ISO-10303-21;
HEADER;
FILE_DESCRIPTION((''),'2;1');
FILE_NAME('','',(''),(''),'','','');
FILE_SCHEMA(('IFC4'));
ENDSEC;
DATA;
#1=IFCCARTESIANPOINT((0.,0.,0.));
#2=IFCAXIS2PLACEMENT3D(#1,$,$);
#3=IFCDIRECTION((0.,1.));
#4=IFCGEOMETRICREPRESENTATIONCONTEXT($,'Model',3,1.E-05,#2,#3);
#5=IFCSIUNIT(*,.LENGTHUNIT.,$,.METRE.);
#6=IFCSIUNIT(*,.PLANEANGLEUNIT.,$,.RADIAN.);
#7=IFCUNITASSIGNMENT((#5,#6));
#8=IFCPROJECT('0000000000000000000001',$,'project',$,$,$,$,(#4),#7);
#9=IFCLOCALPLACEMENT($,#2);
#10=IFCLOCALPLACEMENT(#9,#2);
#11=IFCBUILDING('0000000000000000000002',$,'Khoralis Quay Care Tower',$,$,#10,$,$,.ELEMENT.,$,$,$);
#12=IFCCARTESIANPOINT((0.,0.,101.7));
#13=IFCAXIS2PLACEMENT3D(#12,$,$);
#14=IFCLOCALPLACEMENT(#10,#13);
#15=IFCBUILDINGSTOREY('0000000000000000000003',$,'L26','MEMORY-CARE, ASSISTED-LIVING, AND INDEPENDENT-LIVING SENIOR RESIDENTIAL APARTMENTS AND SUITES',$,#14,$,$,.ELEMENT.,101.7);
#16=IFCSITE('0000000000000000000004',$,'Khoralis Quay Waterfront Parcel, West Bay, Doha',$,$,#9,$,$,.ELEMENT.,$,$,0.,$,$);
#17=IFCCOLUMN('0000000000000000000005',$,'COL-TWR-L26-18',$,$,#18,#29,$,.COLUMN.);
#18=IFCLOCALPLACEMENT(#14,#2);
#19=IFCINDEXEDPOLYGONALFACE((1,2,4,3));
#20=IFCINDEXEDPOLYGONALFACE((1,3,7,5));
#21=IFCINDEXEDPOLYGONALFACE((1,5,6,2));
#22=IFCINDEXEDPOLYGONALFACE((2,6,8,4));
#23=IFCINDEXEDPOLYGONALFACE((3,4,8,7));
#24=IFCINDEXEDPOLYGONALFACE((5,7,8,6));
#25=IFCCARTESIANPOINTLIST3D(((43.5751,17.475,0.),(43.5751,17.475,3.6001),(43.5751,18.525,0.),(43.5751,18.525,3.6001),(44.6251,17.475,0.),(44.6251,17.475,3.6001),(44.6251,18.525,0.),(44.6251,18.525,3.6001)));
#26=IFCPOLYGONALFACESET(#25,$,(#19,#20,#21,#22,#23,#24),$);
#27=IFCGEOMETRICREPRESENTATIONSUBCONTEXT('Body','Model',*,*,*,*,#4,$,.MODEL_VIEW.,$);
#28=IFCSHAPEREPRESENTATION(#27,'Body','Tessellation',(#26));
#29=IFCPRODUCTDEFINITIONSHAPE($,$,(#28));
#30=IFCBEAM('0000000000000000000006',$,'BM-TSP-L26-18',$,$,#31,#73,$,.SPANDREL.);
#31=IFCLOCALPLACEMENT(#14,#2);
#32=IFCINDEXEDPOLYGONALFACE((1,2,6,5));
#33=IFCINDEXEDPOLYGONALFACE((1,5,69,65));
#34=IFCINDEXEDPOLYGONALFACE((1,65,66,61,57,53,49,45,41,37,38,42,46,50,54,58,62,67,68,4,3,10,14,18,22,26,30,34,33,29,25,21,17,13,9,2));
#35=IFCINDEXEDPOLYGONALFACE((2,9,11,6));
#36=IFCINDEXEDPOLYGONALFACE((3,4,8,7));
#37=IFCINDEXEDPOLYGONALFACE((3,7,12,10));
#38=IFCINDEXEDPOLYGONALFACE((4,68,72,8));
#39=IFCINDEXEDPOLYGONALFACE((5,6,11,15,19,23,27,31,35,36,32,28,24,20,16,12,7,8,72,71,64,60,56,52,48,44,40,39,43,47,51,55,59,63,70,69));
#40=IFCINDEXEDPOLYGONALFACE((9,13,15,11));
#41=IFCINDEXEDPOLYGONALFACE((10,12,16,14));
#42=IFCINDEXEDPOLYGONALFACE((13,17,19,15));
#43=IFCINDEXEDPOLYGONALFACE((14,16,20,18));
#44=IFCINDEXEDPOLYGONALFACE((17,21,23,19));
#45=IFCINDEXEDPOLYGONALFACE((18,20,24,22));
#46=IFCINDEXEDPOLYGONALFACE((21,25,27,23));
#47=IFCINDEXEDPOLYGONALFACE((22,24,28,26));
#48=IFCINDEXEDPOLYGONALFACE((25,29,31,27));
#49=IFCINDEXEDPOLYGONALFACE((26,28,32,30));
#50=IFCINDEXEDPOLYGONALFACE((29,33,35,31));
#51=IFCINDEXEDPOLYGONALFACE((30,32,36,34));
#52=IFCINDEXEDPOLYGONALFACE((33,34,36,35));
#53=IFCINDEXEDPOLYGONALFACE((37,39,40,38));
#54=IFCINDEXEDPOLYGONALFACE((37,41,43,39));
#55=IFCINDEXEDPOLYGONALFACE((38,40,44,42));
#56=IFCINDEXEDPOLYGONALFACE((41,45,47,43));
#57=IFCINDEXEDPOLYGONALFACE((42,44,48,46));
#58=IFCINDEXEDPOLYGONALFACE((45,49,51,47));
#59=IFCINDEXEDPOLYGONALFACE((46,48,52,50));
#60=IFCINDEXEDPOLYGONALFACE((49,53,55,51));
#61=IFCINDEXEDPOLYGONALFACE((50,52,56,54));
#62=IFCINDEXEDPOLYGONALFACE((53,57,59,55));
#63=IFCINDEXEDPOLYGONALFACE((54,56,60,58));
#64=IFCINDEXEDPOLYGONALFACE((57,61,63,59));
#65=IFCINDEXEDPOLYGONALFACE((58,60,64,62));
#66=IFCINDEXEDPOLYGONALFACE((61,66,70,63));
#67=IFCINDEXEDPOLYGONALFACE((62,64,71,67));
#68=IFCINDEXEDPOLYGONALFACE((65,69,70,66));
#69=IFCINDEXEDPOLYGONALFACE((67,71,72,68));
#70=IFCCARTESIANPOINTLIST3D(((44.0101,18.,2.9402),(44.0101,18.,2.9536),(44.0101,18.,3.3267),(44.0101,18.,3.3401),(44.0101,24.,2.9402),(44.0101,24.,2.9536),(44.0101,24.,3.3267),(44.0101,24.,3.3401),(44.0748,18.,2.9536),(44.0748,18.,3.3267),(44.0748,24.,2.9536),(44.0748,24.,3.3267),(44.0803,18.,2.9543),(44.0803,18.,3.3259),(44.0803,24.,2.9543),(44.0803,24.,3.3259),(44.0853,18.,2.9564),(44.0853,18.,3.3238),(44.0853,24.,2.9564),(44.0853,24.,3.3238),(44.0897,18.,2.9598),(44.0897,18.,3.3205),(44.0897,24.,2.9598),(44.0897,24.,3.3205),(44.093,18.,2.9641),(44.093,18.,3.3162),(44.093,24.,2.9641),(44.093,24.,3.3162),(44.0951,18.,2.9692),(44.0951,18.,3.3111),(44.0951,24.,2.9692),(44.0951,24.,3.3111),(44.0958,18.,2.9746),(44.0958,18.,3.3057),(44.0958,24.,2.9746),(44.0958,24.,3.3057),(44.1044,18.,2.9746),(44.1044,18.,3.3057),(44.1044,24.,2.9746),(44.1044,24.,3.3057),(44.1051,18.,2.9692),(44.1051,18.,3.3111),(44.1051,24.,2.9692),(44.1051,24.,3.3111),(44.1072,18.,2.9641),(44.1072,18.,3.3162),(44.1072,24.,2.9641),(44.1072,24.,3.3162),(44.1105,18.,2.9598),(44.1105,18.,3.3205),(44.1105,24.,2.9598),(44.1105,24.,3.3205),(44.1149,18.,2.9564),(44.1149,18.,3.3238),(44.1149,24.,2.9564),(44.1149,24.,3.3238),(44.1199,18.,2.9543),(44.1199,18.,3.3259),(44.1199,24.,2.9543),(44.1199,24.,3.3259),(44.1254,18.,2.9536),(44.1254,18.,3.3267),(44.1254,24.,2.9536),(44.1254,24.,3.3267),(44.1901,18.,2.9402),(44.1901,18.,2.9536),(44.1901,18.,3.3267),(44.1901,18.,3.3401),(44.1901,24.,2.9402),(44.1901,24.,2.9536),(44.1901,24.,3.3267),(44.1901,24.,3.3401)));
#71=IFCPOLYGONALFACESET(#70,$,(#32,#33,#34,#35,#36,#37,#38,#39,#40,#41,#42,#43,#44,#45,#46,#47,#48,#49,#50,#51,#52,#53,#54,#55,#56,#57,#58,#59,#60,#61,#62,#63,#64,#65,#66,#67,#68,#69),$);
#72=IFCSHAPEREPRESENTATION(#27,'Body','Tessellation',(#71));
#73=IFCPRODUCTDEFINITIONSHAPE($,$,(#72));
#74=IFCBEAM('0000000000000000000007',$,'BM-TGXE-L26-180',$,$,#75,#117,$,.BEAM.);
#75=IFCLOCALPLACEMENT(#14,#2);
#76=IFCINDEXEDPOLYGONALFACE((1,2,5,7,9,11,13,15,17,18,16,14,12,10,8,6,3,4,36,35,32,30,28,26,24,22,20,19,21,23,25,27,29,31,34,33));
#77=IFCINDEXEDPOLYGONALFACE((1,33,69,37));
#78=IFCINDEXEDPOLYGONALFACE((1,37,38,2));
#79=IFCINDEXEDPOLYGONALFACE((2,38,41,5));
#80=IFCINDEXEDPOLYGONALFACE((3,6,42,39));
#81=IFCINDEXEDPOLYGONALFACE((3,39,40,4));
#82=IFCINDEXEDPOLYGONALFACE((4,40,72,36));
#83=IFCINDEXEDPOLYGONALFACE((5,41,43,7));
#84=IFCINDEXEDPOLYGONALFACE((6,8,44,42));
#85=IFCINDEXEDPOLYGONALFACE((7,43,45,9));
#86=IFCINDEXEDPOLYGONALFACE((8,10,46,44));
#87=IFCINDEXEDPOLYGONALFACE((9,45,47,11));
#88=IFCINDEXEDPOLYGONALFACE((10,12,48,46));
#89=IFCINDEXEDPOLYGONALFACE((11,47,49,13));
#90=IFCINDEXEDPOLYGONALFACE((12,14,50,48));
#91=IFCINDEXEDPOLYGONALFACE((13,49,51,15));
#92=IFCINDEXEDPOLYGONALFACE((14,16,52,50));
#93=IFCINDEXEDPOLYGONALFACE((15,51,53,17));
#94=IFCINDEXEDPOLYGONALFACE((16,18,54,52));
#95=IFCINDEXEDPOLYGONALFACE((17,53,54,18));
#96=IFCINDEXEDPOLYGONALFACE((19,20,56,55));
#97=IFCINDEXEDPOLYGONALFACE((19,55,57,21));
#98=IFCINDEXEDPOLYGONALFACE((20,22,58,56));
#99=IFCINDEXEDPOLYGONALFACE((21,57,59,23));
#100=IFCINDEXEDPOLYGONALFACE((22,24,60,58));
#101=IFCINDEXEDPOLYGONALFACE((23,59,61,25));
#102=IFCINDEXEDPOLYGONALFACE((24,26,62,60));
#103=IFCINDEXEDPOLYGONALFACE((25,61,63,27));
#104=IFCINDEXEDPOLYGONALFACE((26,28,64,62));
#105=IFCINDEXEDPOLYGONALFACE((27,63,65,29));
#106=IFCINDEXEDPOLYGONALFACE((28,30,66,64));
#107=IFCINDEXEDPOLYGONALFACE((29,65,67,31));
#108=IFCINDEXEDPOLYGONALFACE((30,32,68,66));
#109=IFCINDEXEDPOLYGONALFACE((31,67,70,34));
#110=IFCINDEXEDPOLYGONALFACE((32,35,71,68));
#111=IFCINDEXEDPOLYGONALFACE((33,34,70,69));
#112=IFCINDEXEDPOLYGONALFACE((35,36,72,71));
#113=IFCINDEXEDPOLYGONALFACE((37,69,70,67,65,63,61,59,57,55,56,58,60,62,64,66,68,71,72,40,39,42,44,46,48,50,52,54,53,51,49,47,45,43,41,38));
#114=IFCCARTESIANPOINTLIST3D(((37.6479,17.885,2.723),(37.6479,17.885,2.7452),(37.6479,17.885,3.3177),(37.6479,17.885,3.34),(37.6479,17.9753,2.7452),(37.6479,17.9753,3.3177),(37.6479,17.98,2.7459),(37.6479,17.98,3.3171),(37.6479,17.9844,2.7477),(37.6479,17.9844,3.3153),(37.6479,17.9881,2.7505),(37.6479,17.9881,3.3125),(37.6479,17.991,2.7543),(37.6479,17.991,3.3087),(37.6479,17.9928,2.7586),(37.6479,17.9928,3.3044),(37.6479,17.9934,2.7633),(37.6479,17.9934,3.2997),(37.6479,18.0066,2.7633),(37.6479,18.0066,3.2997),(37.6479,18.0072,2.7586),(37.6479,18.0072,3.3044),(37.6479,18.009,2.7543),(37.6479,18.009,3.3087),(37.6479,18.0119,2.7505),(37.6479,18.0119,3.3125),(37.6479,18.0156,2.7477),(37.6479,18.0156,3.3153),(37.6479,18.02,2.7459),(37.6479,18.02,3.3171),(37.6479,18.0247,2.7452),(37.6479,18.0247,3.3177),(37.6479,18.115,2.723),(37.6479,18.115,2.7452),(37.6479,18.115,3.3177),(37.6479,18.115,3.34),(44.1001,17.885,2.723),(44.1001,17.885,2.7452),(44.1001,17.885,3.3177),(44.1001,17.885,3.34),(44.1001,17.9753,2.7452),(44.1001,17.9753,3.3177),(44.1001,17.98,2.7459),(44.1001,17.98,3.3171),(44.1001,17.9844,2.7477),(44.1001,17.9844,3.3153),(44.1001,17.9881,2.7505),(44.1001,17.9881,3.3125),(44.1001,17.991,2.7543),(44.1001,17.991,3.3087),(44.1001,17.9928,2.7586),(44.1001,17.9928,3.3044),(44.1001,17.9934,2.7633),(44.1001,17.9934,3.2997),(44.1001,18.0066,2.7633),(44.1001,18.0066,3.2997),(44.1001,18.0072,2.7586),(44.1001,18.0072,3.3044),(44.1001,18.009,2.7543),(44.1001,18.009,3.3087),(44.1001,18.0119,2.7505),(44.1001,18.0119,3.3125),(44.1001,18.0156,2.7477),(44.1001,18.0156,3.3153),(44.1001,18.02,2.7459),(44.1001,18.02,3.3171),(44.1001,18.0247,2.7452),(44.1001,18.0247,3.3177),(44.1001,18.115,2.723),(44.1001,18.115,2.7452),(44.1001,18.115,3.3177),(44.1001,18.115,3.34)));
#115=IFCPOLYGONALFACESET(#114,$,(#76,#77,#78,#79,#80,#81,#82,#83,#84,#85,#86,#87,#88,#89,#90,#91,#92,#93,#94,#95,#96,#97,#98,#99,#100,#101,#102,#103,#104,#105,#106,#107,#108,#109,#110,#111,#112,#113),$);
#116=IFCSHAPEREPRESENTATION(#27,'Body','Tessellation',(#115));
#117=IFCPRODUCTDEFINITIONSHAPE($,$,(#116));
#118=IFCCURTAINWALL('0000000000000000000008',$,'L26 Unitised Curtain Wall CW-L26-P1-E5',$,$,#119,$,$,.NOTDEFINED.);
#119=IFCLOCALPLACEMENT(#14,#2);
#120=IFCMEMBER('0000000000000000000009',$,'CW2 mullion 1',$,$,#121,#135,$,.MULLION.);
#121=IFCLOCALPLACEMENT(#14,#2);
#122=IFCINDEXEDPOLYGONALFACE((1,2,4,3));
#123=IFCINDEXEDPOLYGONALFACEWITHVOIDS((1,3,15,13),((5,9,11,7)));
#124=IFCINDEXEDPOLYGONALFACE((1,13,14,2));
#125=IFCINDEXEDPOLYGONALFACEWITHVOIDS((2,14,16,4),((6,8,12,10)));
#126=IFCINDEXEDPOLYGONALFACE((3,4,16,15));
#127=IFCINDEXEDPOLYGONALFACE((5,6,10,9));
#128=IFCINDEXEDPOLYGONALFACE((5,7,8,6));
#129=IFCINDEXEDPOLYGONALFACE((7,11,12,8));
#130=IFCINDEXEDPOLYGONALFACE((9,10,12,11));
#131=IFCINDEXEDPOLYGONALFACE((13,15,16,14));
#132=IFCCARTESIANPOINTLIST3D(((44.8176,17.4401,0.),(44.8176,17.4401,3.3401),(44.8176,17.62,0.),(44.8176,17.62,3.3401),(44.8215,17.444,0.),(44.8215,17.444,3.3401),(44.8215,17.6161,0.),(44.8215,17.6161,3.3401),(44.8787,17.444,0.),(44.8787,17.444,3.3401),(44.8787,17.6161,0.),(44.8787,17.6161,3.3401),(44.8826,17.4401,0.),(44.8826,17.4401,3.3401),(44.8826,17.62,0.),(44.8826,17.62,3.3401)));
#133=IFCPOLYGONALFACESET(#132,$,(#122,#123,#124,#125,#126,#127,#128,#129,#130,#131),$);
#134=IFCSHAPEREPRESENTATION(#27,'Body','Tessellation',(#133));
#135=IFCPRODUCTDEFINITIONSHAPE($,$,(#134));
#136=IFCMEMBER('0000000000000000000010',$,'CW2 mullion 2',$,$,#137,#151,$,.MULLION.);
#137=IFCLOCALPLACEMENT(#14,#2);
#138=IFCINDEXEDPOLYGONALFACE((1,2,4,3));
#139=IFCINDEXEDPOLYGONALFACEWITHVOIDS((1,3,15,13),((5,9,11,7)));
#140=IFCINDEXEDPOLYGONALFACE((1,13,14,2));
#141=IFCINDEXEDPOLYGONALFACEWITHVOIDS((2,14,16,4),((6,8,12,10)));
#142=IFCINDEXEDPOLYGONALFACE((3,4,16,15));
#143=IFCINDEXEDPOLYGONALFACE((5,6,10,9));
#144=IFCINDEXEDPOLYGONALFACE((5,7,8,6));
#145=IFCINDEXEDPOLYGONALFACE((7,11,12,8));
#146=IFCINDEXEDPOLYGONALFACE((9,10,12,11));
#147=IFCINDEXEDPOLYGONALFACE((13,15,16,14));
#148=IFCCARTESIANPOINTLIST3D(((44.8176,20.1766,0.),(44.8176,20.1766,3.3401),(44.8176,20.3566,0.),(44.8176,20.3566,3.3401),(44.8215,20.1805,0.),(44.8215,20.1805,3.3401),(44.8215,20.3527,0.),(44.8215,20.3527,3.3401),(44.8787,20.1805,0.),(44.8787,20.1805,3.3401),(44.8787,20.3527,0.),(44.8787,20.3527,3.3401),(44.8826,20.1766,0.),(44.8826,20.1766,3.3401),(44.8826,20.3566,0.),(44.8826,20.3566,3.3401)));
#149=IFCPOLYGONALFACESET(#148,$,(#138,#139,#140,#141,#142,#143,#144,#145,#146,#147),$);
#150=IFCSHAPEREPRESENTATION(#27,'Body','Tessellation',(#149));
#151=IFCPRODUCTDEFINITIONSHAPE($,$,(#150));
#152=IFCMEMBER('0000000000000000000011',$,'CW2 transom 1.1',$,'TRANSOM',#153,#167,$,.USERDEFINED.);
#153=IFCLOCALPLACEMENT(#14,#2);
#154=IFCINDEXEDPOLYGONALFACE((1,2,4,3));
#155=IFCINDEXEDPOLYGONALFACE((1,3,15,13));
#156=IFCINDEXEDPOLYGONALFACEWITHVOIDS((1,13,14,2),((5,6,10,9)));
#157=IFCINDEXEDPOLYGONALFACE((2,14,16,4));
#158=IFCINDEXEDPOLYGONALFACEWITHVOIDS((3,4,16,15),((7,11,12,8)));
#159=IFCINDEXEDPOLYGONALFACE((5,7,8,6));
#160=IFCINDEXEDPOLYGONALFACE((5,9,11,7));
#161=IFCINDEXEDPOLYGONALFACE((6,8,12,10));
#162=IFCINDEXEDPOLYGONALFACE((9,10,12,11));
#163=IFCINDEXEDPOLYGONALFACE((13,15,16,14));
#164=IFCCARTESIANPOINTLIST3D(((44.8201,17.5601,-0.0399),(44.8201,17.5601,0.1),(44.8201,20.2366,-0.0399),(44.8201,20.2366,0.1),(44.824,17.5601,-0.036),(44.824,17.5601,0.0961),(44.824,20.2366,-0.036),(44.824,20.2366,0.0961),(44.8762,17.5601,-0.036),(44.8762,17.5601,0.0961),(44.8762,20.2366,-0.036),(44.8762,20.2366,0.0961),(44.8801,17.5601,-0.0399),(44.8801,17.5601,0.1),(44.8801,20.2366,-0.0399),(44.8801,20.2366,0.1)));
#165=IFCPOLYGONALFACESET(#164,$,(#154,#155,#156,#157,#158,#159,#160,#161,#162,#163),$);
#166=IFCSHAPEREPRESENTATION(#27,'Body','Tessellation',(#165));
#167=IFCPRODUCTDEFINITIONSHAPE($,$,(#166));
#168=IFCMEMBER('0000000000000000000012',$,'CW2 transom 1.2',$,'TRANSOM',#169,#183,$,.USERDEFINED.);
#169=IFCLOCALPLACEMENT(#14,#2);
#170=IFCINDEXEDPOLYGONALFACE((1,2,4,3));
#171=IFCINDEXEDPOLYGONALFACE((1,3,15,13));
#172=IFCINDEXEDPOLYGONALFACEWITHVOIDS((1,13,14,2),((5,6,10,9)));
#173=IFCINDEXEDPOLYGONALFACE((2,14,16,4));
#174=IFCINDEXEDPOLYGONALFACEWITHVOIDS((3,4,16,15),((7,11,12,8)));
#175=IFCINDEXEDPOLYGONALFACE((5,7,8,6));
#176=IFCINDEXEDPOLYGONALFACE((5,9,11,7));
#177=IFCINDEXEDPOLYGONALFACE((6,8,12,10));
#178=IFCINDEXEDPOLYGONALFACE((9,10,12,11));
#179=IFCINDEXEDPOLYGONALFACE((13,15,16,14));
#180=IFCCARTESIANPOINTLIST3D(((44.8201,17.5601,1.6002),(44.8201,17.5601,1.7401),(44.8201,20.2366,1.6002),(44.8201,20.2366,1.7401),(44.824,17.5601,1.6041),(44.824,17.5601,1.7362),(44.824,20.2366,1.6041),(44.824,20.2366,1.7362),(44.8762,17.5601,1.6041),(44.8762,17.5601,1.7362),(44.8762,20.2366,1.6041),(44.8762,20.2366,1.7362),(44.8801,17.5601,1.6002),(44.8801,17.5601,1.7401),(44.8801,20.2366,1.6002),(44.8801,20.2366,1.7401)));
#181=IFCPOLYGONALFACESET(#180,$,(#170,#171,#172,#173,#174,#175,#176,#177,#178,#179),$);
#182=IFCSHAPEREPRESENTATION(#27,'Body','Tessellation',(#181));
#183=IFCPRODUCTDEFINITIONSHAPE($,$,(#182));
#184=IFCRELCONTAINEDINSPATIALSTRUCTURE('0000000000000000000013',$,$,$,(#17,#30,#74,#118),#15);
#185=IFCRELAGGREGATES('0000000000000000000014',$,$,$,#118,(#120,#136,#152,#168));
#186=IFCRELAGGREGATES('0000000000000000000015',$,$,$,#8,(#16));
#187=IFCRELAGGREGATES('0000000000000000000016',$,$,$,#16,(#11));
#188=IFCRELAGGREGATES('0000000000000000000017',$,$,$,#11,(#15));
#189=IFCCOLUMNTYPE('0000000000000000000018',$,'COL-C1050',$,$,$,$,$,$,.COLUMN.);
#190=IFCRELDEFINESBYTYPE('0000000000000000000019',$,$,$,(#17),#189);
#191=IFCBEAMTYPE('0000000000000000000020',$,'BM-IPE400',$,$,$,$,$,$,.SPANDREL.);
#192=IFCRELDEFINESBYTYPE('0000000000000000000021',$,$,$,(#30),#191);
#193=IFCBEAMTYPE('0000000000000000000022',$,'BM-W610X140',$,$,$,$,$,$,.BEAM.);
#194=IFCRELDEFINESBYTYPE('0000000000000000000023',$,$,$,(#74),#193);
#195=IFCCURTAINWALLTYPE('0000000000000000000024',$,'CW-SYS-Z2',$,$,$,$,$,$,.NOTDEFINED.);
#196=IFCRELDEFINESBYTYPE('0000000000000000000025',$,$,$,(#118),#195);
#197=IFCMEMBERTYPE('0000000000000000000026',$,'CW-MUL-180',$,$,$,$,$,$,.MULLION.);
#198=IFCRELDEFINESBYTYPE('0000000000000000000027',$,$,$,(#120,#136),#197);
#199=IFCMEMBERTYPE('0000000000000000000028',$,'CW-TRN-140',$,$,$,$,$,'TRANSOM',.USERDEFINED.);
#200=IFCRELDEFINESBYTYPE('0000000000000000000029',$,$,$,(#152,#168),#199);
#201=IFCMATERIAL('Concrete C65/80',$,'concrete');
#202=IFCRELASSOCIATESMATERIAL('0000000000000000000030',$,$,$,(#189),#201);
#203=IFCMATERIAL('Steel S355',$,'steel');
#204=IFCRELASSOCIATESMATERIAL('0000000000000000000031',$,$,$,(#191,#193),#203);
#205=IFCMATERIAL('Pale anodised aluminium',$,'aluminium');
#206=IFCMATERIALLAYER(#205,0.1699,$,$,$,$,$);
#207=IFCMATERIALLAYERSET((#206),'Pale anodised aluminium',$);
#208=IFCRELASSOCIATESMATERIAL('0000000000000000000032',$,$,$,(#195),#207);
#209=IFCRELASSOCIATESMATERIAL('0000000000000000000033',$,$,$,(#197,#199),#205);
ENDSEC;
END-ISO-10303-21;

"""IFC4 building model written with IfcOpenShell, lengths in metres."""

from ifc_helpers import new_model, si_unit, direction, frame, origin, origin_2d, place, context, subcontext, project, spatial, rectangle, hollow_rectangle, i_section, extrude, source, transform, mapped, material, layer, layer_set, material_profile, profile_set, type_object, element, aggregate, save


model = new_model("IFC4")

# Units and contexts
model_context = context("Model", 3, precision=1e-05, world=origin(), true_north=direction((0.0, 1.0)))
body_context = subcontext(model_context, "Body", "Model", "MODEL_VIEW")
ifc_project = project(units=[si_unit("LENGTHUNIT", "METRE"), si_unit("PLANEANGLEUNIT", "RADIAN")], contexts=[model_context])

# Site, building, storey
site_placement = place(None, origin())
site = spatial("IfcSite", under=ifc_project, at=site_placement, Name="Khoralis Quay Waterfront Parcel, West Bay, Doha", CompositionType="ELEMENT", RefElevation=0.0)
building_placement = place(site_placement, origin())
building = spatial("IfcBuilding", under=site, at=building_placement, Name="Khoralis Quay Care Tower", CompositionType="ELEMENT")
storey_placement = place(building_placement, frame((0.0, 0.0, 101.7)))
storey = spatial("IfcBuildingStorey", under=building, at=storey_placement, Name="L26", Description="MEMORY-CARE, ASSISTED-LIVING, AND INDEPENDENT-LIVING SENIOR RESIDENTIAL APARTMENTS AND SUITES", CompositionType="ELEMENT", Elevation=101.7)

# Column
ifc_material_1 = material(Name="Concrete C65/80", Category="concrete")
ifc_material_profile_1 = material_profile(ifc_material_1, rectangle(XDim=1.05, YDim=1.05, at=origin_2d()), Name="Concrete C65/80")
ifc_profile_set_1 = profile_set([ifc_material_profile_1], Name="Concrete C65/80")
column_type = type_object("IfcColumnType", Name="COL-C1050", PredefinedType="COLUMN", material=ifc_profile_set_1)
shared_shape_1 = source(origin(), body_context, "Body", "SweptSolid", [
    extrude(rectangle(XDim=1.05, YDim=1.05, at=origin_2d()), origin(), (0.0, 0.0, 1.0), 3.6001),
])
column_placement = place(storey_placement, frame((44.1001, 18.0, 0.0), z_axis=(0.0, 0.0, 1.0), x_axis=(1.0, 0.0, 0.0)))
element("IfcColumn", 1, at=column_placement, inside=storey, type_object=column_type, Name="COL-TWR-L26-18", PredefinedType="COLUMN", context=body_context, shape_type="MappedRepresentation", body=[
    mapped(shared_shape_1, transform((0.0, 0.0, 0.0), scale=1.0)),
])

# Beams
ifc_material_2 = material(Name="Steel S355", Category="steel")
ifc_material_profile_2 = material_profile(ifc_material_2, i_section(OverallWidth=0.1799, OverallDepth=0.3999, WebThickness=0.0085, FlangeThickness=0.0134, FilletRadius=0.021, at=origin_2d()), Name="Steel S355")
ifc_profile_set_2 = profile_set([ifc_material_profile_2], Name="Steel S355")
beam_type_1 = type_object("IfcBeamType", Name="BM-IPE400", PredefinedType="SPANDREL", material=ifc_profile_set_2)
shared_shape_2 = source(origin(), body_context, "Body", "SweptSolid", [
    extrude(i_section(OverallWidth=0.1799, OverallDepth=0.3999, WebThickness=0.0085, FlangeThickness=0.0134, FilletRadius=0.021, at=origin_2d()), origin(), (0.0, 0.0, 1.0), 6.0),
])
beam_1_placement = place(storey_placement, frame((44.1001, 18.0, 3.1401), z_axis=(0.0, 1.0, 0.0), x_axis=(-1.0, 0.0, 0.0)))
element("IfcBeam", 2, at=beam_1_placement, inside=storey, type_object=beam_type_1, Name="BM-TSP-L26-18", PredefinedType="SPANDREL", context=body_context, shape_type="MappedRepresentation", body=[
    mapped(shared_shape_2, transform((0.0, 0.0, 0.0), scale=1.0)),
])
ifc_material_profile_3 = material_profile(ifc_material_2, i_section(OverallWidth=0.23, OverallDepth=0.6169, WebThickness=0.0132, FlangeThickness=0.0222, FilletRadius=0.0181, at=origin_2d()), Name="Steel S355")
ifc_profile_set_3 = profile_set([ifc_material_profile_3], Name="Steel S355")
beam_type_2 = type_object("IfcBeamType", Name="BM-W610X140", PredefinedType="BEAM", material=ifc_profile_set_3)
shared_shape_3 = source(origin(), body_context, "Body", "SweptSolid", [
    extrude(i_section(OverallWidth=0.23, OverallDepth=0.6169, WebThickness=0.0132, FlangeThickness=0.0222, FilletRadius=0.0181, at=origin_2d()), origin(), (0.0, 0.0, 1.0), 6.4521),
])
beam_2_placement = place(storey_placement, frame((37.6479, 18.0, 3.0315), z_axis=(1.0, 0.0, 0.0), x_axis=(0.0, 1.0, 0.0)))
element("IfcBeam", 3, at=beam_2_placement, inside=storey, type_object=beam_type_2, Name="BM-TGXE-L26-180", PredefinedType="BEAM", context=body_context, shape_type="MappedRepresentation", body=[
    mapped(shared_shape_3, transform((0.0, 0.0, 0.0), scale=1.0)),
])

# Curtain wall, members
ifc_material_3 = material(Name="Pale anodised aluminium", Category="aluminium")
ifc_layer_1 = layer(ifc_material_3, 0.1699)
ifc_layer_set_1 = layer_set([ifc_layer_1], Name="Pale anodised aluminium")
curtain_wall_type = type_object("IfcCurtainWallType", Name="CW-SYS-Z2", PredefinedType="NOTDEFINED", material=ifc_layer_set_1)
curtain_wall_placement = place(storey_placement, origin())
curtain_wall = element("IfcCurtainWall", 4, at=curtain_wall_placement, inside=storey, type_object=curtain_wall_type, Name="L26 Unitised Curtain Wall CW-L26-P1-E5", PredefinedType="NOTDEFINED")
ifc_material_profile_4 = material_profile(ifc_material_3, hollow_rectangle(XDim=0.0649, YDim=0.1799, WallThickness=0.0039, at=origin_2d()), Name="Pale anodised aluminium")
ifc_profile_set_4 = profile_set([ifc_material_profile_4], Name="Pale anodised aluminium")
member_type_1 = type_object("IfcMemberType", Name="CW-MUL-180", PredefinedType="MULLION", material=ifc_profile_set_4)
shared_shape_4 = source(origin(), body_context, "Body", "SweptSolid", [
    extrude(hollow_rectangle(XDim=0.0649, YDim=0.1799, WallThickness=0.0039, at=origin_2d()), origin(), (0.0, 0.0, 1.0), 3.3401),
])
member_1_placement = place(storey_placement, frame((44.8501, 17.53, 0.0), z_axis=(0.0, 0.0, 1.0), x_axis=(-1.0, 0.0, 0.0)))
member_1 = element("IfcMember", 5, at=member_1_placement, type_object=member_type_1, Name="CW2 mullion 1", PredefinedType="MULLION", context=body_context, shape_type="MappedRepresentation", body=[
    mapped(shared_shape_4, transform((0.0, 0.0, 0.0), scale=1.0)),
])
member_2_placement = place(storey_placement, frame((44.8501, 20.2666, 0.0), z_axis=(0.0, 0.0, 1.0), x_axis=(-1.0, 0.0, 0.0)))
member_2 = element("IfcMember", 6, at=member_2_placement, type_object=member_type_1, Name="CW2 mullion 2", PredefinedType="MULLION", context=body_context, shape_type="MappedRepresentation", body=[
    mapped(shared_shape_4, transform((0.0, 0.0, 0.0), scale=1.0)),
])
ifc_material_profile_5 = material_profile(ifc_material_3, hollow_rectangle(XDim=0.0601, YDim=0.1399, WallThickness=0.0039, at=origin_2d()), Name="Pale anodised aluminium")
ifc_profile_set_5 = profile_set([ifc_material_profile_5], Name="Pale anodised aluminium")
member_type_2 = type_object("IfcMemberType", Name="CW-TRN-140", ElementType="TRANSOM", PredefinedType="USERDEFINED", material=ifc_profile_set_5)
shared_shape_5 = source(origin(), body_context, "Body", "SweptSolid", [
    extrude(hollow_rectangle(XDim=0.0601, YDim=0.1399, WallThickness=0.0039, at=origin_2d()), origin(), (0.0, 0.0, 1.0), 2.6765),
])
member_3_placement = place(storey_placement, frame((44.8501, 17.5601, 0.03), z_axis=(0.0, 1.0, 0.0), x_axis=(-1.0, 0.0, 0.0)))
member_3 = element("IfcMember", 7, at=member_3_placement, type_object=member_type_2, Name="CW2 transom 1.1", ObjectType="TRANSOM", PredefinedType="USERDEFINED", context=body_context, shape_type="MappedRepresentation", body=[
    mapped(shared_shape_5, transform((0.0, 0.0, 0.0), scale=1.0)),
])
member_4_placement = place(storey_placement, frame((44.8501, 17.5601, 1.6702), z_axis=(0.0, 1.0, 0.0), x_axis=(-1.0, 0.0, 0.0)))
member_4 = element("IfcMember", 8, at=member_4_placement, type_object=member_type_2, Name="CW2 transom 1.2", ObjectType="TRANSOM", PredefinedType="USERDEFINED", context=body_context, shape_type="MappedRepresentation", body=[
    mapped(shared_shape_5, transform((0.0, 0.0, 0.0), scale=1.0)),
])
aggregate(curtain_wall, [member_1, member_2, member_3, member_4])

save(model, "model.ifc")
